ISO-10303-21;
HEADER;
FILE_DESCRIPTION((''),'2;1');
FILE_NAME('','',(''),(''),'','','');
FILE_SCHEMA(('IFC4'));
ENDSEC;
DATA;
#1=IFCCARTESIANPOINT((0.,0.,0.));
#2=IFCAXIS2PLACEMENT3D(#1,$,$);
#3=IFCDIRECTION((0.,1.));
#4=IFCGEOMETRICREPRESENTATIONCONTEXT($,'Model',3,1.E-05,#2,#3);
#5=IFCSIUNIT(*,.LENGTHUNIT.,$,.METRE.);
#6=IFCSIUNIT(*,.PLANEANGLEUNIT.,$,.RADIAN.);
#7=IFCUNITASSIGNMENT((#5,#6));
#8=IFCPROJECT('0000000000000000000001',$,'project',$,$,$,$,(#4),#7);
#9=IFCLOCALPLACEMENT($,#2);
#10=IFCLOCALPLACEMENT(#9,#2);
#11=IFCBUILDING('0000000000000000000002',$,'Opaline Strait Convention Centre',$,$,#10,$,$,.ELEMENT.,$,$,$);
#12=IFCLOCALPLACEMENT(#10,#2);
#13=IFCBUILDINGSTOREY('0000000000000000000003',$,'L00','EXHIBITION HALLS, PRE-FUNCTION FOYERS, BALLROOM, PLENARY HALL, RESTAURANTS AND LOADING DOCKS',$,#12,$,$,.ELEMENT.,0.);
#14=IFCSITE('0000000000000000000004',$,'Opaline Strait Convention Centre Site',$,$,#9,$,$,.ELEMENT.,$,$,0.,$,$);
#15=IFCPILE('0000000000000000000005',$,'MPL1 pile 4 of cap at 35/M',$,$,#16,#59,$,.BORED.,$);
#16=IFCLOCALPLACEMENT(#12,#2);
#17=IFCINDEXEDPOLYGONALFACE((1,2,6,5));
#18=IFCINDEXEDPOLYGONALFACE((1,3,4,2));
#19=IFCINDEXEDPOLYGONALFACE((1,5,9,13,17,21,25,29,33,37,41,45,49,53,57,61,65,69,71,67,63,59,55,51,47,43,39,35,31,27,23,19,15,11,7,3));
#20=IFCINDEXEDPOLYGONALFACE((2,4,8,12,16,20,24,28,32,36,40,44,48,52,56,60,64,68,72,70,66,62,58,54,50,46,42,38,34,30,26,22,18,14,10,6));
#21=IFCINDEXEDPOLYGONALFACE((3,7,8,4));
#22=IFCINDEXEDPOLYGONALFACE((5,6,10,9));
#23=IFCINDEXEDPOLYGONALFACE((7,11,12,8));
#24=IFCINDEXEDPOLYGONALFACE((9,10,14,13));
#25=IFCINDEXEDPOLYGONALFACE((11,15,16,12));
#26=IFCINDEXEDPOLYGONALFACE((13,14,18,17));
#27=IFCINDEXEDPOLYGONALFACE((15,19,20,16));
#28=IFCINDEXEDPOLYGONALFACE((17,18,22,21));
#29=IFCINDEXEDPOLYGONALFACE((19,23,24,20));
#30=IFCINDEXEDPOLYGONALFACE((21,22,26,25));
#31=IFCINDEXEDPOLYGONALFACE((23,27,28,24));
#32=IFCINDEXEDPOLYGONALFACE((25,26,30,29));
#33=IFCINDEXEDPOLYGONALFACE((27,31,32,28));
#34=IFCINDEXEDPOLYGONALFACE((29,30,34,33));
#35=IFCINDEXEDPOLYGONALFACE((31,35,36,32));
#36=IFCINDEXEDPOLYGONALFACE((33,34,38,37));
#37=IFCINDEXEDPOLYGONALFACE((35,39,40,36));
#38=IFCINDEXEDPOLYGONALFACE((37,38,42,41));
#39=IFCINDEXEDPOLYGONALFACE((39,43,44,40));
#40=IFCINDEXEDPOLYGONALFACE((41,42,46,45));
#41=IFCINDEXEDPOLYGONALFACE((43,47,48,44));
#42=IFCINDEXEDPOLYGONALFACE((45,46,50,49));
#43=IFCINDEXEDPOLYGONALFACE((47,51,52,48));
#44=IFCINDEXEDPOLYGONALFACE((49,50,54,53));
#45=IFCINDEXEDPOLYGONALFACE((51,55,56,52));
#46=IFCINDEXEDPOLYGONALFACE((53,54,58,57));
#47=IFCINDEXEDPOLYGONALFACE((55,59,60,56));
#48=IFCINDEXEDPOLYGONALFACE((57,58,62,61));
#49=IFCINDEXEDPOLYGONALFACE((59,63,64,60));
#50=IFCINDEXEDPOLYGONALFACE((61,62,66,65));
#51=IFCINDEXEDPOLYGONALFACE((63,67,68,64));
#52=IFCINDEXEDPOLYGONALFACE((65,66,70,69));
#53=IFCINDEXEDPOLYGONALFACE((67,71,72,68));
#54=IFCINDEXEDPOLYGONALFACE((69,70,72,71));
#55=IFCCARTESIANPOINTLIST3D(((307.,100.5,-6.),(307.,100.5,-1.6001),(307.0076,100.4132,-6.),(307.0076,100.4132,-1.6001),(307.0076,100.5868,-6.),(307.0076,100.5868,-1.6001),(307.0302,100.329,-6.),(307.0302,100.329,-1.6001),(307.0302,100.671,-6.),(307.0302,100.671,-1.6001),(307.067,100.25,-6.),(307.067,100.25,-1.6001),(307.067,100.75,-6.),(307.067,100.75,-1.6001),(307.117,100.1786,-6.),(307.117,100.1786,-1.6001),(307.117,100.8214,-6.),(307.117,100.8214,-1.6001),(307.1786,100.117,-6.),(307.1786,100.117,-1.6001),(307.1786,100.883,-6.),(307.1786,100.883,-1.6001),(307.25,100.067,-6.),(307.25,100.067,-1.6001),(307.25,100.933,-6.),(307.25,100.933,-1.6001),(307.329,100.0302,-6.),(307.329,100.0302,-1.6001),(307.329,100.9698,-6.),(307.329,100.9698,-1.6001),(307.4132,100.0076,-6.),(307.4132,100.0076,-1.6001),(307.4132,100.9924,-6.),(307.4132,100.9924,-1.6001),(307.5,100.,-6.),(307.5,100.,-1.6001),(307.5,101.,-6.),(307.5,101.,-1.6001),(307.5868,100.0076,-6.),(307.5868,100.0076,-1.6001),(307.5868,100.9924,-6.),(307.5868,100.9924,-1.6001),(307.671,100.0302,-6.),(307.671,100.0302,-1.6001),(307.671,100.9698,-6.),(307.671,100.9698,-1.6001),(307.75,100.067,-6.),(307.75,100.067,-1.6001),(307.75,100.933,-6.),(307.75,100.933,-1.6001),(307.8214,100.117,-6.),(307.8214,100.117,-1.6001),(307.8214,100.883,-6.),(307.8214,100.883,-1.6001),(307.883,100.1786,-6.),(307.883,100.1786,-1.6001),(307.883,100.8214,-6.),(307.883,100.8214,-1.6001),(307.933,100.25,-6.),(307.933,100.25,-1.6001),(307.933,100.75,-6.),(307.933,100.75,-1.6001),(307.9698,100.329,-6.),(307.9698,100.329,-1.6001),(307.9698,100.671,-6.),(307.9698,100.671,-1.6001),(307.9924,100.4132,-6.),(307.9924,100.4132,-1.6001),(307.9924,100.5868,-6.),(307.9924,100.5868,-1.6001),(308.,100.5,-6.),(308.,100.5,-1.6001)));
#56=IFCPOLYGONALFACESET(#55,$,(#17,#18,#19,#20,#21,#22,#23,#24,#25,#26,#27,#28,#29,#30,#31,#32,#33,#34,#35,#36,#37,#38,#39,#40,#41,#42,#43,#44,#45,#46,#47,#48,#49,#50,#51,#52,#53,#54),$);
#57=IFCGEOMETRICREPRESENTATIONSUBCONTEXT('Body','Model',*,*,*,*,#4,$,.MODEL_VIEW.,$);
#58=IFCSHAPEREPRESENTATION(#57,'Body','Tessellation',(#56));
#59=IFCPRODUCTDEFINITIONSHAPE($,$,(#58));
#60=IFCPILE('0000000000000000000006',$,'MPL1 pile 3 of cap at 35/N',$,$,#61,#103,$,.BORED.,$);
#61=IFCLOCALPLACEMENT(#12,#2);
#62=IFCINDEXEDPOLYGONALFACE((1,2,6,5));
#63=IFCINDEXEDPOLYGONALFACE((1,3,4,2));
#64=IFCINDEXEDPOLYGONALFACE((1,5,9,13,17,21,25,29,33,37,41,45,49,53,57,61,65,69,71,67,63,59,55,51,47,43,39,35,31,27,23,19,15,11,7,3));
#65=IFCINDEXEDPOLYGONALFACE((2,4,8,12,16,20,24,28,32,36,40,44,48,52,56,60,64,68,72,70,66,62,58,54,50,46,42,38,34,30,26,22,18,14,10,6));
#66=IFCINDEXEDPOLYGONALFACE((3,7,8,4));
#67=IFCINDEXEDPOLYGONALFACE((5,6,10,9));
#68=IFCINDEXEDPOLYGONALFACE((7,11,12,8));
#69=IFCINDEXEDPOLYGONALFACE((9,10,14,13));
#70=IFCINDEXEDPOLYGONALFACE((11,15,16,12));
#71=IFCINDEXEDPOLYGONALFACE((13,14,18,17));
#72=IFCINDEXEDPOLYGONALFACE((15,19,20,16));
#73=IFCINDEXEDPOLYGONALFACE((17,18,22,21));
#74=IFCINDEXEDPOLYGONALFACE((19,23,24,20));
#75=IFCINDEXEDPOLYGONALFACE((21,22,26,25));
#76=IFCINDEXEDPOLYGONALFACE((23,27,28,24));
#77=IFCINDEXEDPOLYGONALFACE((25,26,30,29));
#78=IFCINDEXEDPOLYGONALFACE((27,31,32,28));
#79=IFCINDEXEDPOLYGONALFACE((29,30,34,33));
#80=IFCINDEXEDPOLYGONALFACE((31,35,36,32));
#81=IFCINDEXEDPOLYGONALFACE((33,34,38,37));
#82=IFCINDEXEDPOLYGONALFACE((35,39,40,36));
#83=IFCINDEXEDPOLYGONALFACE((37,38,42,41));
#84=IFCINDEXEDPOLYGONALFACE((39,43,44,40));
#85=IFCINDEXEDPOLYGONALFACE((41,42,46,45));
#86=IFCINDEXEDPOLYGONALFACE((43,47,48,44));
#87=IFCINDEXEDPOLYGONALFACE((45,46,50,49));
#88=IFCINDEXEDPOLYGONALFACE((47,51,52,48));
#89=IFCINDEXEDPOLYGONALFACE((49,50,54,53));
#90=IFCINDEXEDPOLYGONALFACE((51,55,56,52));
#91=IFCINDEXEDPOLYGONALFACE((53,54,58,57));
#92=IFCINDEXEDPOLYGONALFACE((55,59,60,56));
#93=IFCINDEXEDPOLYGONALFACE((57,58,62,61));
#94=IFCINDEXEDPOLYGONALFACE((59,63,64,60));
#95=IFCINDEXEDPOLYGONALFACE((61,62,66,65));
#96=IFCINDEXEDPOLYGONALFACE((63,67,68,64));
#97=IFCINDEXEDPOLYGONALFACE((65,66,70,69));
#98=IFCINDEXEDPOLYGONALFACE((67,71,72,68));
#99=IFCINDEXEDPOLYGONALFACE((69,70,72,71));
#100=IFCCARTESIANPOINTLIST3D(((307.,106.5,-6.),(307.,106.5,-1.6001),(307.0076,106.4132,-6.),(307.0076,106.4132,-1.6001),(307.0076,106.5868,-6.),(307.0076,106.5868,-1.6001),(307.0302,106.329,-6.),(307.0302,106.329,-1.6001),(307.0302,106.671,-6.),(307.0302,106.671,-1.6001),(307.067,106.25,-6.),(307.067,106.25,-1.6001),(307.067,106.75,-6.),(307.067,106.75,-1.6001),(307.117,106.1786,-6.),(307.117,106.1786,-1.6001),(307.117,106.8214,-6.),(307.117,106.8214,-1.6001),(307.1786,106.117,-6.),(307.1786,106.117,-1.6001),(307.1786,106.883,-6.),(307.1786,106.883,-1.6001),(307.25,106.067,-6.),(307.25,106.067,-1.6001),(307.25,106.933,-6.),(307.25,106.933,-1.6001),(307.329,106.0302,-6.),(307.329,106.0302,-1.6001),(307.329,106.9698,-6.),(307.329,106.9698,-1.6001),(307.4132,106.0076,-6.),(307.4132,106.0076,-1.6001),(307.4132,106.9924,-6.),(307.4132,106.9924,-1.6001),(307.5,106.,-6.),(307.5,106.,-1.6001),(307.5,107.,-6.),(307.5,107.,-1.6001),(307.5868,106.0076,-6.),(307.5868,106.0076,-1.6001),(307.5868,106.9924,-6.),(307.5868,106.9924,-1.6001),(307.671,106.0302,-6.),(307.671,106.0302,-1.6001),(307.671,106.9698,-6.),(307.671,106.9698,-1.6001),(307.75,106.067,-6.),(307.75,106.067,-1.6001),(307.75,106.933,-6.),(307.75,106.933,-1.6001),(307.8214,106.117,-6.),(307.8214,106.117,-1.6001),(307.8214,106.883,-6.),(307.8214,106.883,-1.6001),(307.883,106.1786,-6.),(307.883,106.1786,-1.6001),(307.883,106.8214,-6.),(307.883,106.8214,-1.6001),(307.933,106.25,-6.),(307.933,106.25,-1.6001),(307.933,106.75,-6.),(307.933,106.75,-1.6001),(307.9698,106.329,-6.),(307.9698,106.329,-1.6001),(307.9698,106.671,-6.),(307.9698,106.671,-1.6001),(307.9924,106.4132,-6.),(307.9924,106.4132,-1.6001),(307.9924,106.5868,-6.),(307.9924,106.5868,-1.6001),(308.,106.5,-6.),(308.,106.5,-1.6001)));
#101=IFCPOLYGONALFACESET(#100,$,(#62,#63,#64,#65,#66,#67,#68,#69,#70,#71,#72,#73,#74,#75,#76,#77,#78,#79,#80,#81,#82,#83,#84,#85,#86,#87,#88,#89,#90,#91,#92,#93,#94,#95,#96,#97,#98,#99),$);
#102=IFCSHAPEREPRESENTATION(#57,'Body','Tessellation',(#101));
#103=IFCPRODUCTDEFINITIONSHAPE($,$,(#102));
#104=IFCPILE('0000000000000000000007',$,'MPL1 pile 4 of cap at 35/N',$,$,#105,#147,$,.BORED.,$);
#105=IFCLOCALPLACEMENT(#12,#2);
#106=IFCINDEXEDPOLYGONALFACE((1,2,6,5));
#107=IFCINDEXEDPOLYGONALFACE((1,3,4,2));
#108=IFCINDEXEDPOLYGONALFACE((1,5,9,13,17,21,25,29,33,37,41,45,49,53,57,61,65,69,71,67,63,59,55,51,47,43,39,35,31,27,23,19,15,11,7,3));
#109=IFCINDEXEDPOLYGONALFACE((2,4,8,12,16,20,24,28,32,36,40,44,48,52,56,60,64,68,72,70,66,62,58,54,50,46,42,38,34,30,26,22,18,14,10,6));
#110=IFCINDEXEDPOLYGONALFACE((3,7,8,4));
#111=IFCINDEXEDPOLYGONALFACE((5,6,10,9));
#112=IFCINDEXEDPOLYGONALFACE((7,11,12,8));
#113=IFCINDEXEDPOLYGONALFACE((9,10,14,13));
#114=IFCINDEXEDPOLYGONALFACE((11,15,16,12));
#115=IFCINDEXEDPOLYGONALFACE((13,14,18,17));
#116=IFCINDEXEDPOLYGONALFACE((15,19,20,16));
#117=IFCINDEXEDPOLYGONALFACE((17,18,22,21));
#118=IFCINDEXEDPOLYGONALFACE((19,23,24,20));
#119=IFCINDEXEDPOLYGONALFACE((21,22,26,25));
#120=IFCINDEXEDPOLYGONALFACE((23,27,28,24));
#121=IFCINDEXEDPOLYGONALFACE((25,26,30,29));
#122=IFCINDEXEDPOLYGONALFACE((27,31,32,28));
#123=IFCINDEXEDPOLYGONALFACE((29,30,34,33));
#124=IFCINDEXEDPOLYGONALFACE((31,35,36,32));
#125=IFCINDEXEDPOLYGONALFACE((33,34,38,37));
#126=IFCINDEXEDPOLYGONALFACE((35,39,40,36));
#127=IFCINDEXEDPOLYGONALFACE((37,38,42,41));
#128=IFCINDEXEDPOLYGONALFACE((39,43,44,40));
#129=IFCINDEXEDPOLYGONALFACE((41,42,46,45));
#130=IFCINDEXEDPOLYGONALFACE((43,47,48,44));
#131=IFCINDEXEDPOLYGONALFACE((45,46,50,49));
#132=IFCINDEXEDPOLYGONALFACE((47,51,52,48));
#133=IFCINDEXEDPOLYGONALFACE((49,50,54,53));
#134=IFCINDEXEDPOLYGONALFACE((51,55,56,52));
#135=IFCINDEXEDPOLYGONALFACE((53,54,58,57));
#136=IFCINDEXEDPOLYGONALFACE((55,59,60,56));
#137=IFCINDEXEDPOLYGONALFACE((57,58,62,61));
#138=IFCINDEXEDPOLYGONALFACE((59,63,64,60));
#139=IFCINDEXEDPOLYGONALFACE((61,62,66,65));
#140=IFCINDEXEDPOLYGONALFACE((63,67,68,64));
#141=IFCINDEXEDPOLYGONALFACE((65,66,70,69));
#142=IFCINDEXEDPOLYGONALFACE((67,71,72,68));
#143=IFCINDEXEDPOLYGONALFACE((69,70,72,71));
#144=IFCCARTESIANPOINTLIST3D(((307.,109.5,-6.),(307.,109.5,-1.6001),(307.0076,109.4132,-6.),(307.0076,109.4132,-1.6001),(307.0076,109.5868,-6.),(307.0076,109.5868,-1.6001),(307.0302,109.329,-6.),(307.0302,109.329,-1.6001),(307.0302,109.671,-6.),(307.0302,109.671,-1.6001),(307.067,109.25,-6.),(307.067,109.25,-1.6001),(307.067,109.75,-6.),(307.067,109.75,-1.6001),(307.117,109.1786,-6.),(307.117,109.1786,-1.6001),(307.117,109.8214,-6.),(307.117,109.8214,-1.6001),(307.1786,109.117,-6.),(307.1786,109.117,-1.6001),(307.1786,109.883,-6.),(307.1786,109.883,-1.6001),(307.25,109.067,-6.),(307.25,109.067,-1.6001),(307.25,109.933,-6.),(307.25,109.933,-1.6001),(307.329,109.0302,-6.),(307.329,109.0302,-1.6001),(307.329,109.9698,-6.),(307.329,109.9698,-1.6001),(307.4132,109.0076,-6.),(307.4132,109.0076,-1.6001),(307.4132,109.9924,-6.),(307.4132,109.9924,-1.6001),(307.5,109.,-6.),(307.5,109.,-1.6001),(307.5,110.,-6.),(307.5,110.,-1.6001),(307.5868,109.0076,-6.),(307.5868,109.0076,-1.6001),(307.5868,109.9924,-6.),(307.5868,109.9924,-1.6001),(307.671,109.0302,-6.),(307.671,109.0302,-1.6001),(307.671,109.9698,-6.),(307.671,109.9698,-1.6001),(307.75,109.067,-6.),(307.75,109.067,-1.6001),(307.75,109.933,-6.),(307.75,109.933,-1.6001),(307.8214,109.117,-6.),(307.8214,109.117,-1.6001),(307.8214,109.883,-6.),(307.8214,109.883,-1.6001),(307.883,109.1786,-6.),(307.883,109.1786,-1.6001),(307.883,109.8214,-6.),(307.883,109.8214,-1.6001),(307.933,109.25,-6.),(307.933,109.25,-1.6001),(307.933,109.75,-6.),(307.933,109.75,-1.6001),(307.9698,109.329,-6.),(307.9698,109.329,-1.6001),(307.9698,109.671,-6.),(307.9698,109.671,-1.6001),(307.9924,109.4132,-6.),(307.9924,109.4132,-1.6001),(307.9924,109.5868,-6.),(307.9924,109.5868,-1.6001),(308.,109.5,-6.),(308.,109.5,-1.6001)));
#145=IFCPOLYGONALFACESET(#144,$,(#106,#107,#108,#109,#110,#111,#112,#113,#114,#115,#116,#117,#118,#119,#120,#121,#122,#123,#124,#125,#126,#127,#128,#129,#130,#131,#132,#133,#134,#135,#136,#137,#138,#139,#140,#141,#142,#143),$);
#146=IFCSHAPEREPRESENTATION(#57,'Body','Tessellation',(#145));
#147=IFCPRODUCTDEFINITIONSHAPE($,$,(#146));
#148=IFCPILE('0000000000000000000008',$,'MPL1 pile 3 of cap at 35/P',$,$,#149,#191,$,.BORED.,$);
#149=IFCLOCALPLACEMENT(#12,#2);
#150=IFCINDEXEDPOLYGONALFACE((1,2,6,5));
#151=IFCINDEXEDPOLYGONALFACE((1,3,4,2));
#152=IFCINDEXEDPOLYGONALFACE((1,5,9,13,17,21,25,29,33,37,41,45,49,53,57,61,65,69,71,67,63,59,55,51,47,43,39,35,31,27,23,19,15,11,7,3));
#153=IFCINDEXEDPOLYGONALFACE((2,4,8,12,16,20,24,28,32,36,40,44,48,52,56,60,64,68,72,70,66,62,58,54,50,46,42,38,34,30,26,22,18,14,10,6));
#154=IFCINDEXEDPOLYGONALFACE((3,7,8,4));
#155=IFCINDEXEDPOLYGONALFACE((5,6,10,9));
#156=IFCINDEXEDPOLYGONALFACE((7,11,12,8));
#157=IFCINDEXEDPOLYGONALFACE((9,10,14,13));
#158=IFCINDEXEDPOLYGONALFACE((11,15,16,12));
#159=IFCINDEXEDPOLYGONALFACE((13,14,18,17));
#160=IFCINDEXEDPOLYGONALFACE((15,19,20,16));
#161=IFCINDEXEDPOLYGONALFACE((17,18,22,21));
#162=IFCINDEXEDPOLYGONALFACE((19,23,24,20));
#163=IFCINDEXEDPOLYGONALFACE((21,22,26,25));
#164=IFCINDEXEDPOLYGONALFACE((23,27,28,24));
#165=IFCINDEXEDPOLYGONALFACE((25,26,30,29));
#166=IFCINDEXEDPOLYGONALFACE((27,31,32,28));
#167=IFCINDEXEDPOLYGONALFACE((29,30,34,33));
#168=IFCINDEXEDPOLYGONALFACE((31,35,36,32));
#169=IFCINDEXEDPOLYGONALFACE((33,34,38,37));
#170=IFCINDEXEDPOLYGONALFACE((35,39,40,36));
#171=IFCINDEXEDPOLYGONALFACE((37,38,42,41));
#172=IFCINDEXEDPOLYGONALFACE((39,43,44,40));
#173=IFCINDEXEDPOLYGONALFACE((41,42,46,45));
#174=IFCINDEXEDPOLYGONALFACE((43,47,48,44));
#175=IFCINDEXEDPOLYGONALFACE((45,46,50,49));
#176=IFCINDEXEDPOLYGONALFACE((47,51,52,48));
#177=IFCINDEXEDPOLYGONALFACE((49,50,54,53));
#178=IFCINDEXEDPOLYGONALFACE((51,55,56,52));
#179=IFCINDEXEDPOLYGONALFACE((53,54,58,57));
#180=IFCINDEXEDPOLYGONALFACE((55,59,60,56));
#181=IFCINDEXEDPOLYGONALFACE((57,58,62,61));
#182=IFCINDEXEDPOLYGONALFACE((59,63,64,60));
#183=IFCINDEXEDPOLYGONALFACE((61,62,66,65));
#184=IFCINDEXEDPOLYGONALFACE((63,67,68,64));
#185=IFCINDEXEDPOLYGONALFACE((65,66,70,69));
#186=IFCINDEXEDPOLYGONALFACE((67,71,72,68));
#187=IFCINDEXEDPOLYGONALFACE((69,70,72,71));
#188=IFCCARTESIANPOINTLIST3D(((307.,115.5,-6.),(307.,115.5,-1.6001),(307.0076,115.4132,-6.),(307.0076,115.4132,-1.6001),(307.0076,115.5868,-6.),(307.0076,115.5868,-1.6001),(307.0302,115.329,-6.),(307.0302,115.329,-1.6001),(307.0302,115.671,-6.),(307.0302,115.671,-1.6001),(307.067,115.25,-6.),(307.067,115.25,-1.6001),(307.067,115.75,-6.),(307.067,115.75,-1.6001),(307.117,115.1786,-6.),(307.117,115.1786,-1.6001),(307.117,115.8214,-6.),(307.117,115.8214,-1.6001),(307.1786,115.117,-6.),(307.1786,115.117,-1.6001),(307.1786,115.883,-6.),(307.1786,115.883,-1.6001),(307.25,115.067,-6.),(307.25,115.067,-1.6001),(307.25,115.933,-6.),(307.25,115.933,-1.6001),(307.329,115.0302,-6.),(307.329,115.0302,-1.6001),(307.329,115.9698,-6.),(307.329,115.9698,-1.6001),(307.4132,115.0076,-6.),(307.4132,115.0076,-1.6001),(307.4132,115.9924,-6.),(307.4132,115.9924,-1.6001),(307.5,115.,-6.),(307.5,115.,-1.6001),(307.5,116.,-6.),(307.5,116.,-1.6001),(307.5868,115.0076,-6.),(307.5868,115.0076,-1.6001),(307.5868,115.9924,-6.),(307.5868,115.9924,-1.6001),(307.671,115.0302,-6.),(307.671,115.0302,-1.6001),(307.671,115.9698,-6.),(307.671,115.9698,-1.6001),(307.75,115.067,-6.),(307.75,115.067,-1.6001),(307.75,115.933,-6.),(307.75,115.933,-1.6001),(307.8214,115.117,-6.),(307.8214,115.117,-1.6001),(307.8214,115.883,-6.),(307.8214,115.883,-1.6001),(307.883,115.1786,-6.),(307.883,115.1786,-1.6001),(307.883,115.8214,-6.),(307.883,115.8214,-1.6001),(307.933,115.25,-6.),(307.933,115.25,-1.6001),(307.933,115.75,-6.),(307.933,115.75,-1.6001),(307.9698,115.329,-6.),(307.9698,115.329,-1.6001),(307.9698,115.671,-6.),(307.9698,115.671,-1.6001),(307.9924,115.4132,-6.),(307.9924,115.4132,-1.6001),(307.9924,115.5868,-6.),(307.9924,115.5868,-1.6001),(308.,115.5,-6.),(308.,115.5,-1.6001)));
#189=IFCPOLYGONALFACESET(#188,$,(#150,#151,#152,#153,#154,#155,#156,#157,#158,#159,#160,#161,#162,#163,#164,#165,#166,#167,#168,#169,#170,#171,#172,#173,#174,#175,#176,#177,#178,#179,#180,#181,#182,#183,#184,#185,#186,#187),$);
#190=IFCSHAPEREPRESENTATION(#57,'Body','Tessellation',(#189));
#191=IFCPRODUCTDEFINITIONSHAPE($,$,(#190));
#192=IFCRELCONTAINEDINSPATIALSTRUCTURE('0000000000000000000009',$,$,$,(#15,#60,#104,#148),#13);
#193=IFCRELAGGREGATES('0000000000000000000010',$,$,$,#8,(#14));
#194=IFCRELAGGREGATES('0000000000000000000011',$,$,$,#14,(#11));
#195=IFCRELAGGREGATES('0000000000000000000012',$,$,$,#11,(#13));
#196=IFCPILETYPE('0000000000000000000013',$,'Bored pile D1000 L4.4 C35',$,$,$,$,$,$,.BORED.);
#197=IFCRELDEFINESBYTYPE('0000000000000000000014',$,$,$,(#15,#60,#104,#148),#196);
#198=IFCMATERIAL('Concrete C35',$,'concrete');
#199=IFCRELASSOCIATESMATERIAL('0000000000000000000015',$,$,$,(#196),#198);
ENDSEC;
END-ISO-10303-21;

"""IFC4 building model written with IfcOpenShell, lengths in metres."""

from ifc_helpers import new_model, si_unit, direction, frame, origin, origin_2d, place, context, subcontext, project, spatial, circle, extrude, material, material_profile, profile_set, type_object, element, save


model = new_model("IFC4")

# Units and contexts
model_context = context("Model", 3, precision=1e-05, world=origin(), true_north=direction((0.0, 1.0)))
body_context = subcontext(model_context, "Body", "Model", "MODEL_VIEW")
ifc_project = project(units=[si_unit("LENGTHUNIT", "METRE"), si_unit("PLANEANGLEUNIT", "RADIAN")], contexts=[model_context])

# Site, building, storey
site_placement = place(None, origin())
site = spatial("IfcSite", under=ifc_project, at=site_placement, Name="Opaline Strait Convention Centre Site", CompositionType="ELEMENT", RefElevation=0.0)
building_placement = place(site_placement, origin())
building = spatial("IfcBuilding", under=site, at=building_placement, Name="Opaline Strait Convention Centre", CompositionType="ELEMENT")
storey_placement = place(building_placement, origin())
storey = spatial("IfcBuildingStorey", under=building, at=storey_placement, Name="L00", Description="EXHIBITION HALLS, PRE-FUNCTION FOYERS, BALLROOM, PLENARY HALL, RESTAURANTS AND LOADING DOCKS", CompositionType="ELEMENT", Elevation=0.0)

# Piles
ifc_material_1 = material(Name="Concrete C35", Category="concrete")
ifc_material_profile_1 = material_profile(ifc_material_1, circle(Radius=0.5, at=origin_2d()), Name="D1000")
ifc_profile_set_1 = profile_set([ifc_material_profile_1], Name="Concrete C35")
pile_type = type_object("IfcPileType", Name="Bored pile D1000 L4.4 C35", PredefinedType="BORED", material=ifc_profile_set_1)
for number, where, z_axis, x_axis, name in (
    (1, (307.5, 100.5, -1.6001), (0.0, 0.0, -1.0), (1.0, 0.0, 0.0), "MPL1 pile 4 of cap at 35/M"),
    (2, (307.5, 106.5, -1.6001), (0.0, 0.0, -1.0), (1.0, 0.0, 0.0), "MPL1 pile 3 of cap at 35/N"),
    (3, (307.5, 109.5, -1.6001), (0.0, 0.0, -1.0), (1.0, 0.0, 0.0), "MPL1 pile 4 of cap at 35/N"),
    (4, (307.5, 115.5, -1.6001), (0.0, 0.0, -1.0), (1.0, 0.0, 0.0), "MPL1 pile 3 of cap at 35/P"),
):
    element("IfcPile", number, at=place(storey_placement, frame(where, z_axis=z_axis, x_axis=x_axis)), inside=storey, type_object=pile_type, Name=name, PredefinedType="BORED", context=body_context, shape_type="SweptSolid", body=[
        extrude(circle(Radius=0.5, at=origin_2d()), origin(), (0.0, 0.0, 1.0), 4.3999),
    ])

save(model, "model.ifc")
